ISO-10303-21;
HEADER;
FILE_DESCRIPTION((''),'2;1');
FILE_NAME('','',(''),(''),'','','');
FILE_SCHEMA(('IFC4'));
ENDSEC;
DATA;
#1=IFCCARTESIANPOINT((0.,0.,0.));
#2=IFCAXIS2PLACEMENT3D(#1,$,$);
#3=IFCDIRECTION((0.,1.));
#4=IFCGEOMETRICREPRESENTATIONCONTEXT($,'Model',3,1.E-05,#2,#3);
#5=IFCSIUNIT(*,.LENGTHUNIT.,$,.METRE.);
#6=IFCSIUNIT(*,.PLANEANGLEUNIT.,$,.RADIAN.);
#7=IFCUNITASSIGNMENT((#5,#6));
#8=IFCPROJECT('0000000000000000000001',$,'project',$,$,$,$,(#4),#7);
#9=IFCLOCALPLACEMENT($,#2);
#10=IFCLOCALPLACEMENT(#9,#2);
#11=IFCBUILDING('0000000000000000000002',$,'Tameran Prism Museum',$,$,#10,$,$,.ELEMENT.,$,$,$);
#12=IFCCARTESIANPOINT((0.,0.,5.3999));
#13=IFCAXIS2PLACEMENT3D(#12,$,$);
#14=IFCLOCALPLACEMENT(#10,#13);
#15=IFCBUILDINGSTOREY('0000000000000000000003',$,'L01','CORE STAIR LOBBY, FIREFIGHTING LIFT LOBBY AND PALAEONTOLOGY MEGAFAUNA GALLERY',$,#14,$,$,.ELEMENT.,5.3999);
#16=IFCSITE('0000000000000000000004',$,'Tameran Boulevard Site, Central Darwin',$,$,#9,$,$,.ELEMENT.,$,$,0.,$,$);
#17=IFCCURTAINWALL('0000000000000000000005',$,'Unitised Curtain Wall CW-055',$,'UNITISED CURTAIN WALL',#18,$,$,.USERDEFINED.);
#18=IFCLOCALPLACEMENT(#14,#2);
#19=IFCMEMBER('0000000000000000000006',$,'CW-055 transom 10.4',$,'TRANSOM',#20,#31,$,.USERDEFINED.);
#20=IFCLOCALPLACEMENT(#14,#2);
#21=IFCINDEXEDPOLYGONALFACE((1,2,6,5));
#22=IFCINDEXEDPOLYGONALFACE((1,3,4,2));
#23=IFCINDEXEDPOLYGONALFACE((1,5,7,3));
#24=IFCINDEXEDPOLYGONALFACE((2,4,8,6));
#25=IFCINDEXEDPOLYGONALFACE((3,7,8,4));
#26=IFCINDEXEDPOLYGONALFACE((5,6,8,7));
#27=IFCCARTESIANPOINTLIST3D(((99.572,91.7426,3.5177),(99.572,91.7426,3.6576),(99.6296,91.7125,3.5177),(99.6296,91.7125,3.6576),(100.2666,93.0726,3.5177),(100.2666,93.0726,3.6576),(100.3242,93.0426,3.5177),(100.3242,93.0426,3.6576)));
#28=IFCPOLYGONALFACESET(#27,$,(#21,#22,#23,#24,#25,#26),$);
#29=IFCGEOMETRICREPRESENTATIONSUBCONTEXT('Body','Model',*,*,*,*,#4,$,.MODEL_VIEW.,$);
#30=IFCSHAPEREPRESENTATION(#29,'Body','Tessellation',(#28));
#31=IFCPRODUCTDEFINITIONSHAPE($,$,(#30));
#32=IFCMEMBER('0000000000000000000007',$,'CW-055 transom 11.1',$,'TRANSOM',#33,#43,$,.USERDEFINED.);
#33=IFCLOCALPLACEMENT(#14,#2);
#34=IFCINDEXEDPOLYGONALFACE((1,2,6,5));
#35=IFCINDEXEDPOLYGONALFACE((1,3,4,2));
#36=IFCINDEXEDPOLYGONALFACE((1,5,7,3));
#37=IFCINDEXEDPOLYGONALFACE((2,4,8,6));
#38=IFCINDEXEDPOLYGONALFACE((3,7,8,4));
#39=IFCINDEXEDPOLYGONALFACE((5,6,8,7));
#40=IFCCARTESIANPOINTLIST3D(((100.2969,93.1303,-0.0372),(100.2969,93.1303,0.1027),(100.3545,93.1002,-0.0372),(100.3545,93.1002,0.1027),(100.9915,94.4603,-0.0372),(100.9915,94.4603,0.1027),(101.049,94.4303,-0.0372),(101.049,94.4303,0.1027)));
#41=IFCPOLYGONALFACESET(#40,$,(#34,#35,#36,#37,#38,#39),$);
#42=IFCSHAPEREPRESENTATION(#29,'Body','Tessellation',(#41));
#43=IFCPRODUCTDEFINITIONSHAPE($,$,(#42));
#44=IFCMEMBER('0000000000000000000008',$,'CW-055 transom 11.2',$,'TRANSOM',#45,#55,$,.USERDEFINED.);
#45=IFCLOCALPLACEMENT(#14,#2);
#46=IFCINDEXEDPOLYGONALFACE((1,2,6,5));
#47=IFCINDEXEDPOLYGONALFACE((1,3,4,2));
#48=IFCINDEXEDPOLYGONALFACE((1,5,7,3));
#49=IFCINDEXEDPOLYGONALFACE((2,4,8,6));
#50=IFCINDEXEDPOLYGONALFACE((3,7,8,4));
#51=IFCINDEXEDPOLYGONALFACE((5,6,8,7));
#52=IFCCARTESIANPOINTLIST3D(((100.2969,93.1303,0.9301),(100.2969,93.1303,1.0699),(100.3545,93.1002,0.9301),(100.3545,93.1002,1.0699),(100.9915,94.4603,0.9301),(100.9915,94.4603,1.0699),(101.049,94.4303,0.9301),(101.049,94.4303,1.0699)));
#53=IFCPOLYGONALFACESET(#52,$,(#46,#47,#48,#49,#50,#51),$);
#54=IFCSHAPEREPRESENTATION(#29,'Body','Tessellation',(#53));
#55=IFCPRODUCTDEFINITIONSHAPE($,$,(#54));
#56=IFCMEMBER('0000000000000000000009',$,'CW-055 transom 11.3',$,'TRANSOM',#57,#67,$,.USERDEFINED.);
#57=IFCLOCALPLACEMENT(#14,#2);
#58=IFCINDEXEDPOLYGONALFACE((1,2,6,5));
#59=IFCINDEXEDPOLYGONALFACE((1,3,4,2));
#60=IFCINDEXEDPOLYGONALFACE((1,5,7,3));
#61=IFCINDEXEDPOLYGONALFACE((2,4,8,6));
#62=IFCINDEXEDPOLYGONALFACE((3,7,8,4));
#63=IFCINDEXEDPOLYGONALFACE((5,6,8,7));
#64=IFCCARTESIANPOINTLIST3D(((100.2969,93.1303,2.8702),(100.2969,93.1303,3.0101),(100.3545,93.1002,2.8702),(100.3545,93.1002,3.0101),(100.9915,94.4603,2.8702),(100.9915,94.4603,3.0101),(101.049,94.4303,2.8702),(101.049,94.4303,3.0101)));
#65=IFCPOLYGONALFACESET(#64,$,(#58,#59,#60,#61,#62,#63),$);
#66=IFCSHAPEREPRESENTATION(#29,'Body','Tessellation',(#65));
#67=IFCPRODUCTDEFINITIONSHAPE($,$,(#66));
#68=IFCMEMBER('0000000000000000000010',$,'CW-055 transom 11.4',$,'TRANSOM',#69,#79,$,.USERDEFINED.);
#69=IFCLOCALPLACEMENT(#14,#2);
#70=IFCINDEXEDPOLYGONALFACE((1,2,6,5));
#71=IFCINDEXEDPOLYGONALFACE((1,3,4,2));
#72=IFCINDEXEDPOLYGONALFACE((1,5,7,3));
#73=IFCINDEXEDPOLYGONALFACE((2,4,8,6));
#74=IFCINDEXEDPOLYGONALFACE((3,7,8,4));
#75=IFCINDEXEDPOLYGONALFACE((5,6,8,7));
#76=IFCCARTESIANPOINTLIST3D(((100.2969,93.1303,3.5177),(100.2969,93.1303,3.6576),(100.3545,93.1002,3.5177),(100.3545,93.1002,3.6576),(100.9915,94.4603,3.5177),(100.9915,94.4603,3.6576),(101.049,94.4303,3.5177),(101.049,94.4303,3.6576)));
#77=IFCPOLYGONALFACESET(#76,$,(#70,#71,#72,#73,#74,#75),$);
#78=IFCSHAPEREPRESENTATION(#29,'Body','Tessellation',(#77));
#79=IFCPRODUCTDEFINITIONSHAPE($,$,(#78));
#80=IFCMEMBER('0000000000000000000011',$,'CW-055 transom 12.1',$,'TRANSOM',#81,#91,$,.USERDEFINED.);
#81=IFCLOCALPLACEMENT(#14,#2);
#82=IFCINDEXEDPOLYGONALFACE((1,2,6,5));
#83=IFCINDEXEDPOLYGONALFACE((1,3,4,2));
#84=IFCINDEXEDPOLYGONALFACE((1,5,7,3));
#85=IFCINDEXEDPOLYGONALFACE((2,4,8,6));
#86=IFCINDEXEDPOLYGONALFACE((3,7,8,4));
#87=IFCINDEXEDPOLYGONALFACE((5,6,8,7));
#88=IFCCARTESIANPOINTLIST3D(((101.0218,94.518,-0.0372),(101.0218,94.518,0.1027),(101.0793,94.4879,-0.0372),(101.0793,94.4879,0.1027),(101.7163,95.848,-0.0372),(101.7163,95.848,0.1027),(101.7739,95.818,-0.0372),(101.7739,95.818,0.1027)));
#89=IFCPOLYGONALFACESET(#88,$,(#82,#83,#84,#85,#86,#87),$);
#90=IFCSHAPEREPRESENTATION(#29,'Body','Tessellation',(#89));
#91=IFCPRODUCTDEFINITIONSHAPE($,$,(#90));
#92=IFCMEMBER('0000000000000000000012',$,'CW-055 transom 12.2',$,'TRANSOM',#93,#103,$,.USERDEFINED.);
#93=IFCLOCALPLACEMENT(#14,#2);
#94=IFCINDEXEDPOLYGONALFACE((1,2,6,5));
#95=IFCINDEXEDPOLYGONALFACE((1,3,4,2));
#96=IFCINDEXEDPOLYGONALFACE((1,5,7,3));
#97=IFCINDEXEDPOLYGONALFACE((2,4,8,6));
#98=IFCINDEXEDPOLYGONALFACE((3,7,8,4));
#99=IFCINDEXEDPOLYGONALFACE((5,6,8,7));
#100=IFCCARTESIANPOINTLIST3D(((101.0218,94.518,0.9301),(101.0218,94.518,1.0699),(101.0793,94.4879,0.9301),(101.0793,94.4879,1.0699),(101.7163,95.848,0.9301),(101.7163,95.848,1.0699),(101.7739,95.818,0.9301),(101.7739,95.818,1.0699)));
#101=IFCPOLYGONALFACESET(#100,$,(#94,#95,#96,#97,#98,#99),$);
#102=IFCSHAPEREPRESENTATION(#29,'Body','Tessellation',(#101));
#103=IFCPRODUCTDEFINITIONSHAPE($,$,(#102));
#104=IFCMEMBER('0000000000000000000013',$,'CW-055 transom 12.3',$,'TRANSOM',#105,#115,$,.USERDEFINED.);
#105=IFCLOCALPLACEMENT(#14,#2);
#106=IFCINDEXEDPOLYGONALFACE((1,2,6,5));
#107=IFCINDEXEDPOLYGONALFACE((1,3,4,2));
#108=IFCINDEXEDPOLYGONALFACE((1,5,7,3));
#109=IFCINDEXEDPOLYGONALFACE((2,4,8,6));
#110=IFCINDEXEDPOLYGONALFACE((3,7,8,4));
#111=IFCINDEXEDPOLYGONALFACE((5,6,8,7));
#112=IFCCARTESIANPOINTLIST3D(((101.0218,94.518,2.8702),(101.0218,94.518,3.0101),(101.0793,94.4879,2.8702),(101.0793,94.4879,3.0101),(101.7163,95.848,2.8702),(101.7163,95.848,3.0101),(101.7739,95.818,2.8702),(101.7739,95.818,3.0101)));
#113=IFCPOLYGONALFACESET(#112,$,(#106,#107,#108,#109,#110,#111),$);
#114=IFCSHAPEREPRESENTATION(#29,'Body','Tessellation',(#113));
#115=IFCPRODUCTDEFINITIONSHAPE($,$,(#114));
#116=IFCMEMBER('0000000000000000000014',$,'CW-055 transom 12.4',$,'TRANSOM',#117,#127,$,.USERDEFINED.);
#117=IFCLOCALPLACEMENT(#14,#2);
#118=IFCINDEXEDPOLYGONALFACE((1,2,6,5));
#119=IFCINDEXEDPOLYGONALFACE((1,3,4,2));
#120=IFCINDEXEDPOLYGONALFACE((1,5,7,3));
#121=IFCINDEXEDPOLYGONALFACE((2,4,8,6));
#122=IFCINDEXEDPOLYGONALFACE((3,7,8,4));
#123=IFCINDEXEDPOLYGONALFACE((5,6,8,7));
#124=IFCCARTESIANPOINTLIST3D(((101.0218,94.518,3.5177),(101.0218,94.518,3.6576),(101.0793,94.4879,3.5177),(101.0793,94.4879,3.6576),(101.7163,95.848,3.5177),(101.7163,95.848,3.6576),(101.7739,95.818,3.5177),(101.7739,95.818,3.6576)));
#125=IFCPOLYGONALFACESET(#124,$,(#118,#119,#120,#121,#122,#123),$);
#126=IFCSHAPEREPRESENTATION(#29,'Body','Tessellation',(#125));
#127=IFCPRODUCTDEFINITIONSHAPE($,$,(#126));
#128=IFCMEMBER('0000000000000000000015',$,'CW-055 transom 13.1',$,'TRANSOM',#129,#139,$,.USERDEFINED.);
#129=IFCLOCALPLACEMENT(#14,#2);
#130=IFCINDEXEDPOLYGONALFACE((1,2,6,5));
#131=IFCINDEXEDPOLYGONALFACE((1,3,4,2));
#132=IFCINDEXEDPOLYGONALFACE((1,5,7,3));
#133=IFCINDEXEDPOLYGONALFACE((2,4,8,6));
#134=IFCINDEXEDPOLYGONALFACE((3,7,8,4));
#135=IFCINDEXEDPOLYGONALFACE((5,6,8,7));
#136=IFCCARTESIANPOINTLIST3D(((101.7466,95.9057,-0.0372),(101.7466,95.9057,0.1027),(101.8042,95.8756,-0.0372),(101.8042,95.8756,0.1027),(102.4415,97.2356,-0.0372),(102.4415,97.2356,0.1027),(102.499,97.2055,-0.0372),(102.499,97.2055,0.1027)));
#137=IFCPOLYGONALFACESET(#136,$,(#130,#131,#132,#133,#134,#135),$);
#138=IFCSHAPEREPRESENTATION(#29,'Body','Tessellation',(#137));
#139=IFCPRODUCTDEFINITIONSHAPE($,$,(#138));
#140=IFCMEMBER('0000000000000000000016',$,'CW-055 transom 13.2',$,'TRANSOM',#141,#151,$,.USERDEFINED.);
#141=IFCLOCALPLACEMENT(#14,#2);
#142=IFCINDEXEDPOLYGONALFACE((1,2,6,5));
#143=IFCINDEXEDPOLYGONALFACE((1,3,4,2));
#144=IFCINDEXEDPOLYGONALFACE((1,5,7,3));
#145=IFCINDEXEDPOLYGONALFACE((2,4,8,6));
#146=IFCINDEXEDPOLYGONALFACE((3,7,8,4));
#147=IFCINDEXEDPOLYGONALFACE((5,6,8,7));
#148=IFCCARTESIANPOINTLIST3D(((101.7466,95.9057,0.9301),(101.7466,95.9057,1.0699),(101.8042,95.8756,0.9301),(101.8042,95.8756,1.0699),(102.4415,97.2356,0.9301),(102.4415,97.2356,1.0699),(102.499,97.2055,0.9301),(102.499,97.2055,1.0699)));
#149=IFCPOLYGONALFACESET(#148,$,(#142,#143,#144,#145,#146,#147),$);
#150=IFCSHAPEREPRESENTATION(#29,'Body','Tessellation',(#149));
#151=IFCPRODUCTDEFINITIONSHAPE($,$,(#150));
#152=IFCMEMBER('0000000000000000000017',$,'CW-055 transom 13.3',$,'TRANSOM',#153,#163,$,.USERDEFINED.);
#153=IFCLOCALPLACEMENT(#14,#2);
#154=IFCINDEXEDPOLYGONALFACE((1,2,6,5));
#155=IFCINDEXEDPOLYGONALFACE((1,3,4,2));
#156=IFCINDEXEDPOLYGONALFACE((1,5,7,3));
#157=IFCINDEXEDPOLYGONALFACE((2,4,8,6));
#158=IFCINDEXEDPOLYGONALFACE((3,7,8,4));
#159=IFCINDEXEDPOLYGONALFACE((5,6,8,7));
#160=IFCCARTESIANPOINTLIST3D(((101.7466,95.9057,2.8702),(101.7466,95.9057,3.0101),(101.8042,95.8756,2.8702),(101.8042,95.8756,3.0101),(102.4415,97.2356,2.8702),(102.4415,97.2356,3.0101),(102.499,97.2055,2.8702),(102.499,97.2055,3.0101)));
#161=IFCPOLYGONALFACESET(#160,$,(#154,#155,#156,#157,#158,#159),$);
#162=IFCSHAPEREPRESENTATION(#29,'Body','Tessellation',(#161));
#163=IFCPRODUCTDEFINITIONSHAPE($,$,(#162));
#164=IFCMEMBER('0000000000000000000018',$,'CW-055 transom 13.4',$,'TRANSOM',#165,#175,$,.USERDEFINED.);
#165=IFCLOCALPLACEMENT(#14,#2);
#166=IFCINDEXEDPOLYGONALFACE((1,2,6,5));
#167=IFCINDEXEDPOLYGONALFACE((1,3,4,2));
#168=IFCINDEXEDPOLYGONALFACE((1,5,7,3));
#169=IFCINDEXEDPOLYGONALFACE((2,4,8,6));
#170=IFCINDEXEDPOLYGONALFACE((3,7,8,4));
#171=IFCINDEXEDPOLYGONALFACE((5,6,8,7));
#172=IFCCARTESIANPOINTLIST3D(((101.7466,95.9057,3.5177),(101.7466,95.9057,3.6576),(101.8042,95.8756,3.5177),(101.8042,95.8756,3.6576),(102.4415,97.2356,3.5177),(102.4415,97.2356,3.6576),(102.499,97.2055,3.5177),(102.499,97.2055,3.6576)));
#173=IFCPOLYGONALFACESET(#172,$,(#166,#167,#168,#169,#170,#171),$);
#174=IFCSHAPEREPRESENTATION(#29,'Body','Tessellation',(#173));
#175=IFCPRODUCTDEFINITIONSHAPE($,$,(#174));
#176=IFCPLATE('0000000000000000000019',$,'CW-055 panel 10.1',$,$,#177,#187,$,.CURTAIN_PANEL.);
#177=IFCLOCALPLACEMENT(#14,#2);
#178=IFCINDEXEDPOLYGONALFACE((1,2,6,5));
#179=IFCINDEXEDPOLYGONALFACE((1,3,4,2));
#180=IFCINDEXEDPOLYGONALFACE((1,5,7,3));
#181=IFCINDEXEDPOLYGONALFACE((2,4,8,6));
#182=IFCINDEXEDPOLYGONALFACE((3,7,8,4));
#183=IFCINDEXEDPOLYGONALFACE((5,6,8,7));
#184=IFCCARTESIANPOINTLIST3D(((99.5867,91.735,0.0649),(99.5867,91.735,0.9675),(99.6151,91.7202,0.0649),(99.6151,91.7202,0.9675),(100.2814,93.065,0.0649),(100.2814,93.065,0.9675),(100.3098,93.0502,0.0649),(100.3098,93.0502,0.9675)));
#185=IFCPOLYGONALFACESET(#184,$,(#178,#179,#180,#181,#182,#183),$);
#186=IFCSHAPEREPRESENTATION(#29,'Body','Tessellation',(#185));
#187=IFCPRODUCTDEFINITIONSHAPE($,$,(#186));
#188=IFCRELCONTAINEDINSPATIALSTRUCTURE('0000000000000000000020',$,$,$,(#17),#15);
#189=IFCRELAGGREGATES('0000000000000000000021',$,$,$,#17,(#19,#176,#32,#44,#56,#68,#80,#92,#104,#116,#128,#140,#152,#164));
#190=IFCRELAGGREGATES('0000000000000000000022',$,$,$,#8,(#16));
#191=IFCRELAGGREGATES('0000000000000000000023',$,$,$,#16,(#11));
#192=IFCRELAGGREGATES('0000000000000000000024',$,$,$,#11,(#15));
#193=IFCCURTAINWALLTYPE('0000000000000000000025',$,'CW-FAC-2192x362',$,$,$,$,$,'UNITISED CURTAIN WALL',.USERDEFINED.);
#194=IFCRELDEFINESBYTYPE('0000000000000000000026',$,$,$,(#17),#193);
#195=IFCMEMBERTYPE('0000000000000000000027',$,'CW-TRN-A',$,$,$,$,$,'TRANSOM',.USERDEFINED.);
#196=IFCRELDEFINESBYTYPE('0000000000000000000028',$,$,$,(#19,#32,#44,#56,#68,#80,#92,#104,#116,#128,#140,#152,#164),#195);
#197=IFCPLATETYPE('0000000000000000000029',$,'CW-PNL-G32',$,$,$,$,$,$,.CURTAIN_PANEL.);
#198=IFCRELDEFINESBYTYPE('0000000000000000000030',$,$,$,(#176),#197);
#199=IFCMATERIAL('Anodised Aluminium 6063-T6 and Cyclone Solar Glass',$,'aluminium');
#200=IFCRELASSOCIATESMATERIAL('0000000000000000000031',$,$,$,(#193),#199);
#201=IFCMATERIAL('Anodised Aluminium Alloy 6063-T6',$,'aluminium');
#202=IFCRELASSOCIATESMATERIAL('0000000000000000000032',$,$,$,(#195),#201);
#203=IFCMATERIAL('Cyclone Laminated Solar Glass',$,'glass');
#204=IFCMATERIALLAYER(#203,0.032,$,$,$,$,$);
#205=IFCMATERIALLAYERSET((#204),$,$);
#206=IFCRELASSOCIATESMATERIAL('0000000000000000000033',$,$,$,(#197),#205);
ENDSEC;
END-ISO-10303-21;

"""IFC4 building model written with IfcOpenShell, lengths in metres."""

from ifc_helpers import new_model, si_unit, direction, frame, origin, origin_2d, place, context, subcontext, project, spatial, rectangle, extrude, material, layer, layer_set, material_profile, profile_set, type_object, element, aggregate, save


model = new_model("IFC4")

# Units and contexts
model_context = context("Model", 3, precision=1e-05, world=origin(), true_north=direction((0.0, 1.0)))
body_context = subcontext(model_context, "Body", "Model", "MODEL_VIEW")
ifc_project = project(units=[si_unit("LENGTHUNIT", "METRE"), si_unit("PLANEANGLEUNIT", "RADIAN")], contexts=[model_context])

# Site, building, storey
site_placement = place(None, origin())
site = spatial("IfcSite", under=ifc_project, at=site_placement, Name="Tameran Boulevard Site, Central Darwin", CompositionType="ELEMENT", RefElevation=0.0)
building_placement = place(site_placement, origin())
building = spatial("IfcBuilding", under=site, at=building_placement, Name="Tameran Prism Museum", CompositionType="ELEMENT")
storey_placement = place(building_placement, frame((0.0, 0.0, 5.3999)))
storey = spatial("IfcBuildingStorey", under=building, at=storey_placement, Name="L01", Description="CORE STAIR LOBBY, FIREFIGHTING LIFT LOBBY AND PALAEONTOLOGY MEGAFAUNA GALLERY", CompositionType="ELEMENT", Elevation=5.3999)

# Curtain wall, members, plate
ifc_material_1 = material(Name="Anodised Aluminium 6063-T6 and Cyclone Solar Glass", Category="aluminium")
curtain_wall_type = type_object("IfcCurtainWallType", Name="CW-FAC-2192x362", ElementType="UNITISED CURTAIN WALL", PredefinedType="USERDEFINED", material=ifc_material_1)
curtain_wall_placement = place(storey_placement, origin())
curtain_wall = element("IfcCurtainWall", 1, at=curtain_wall_placement, inside=storey, type_object=curtain_wall_type, Name="Unitised Curtain Wall CW-055", ObjectType="UNITISED CURTAIN WALL", PredefinedType="USERDEFINED")
ifc_material_2 = material(Name="Anodised Aluminium Alloy 6063-T6", Category="aluminium")
ifc_material_profile_1 = material_profile(ifc_material_2, rectangle(XDim=0.0649, YDim=0.1399, at=origin_2d()))
ifc_profile_set_1 = profile_set([ifc_material_profile_1])
member_type_1 = type_object("IfcMemberType", Name="CW-TRN-A", ElementType="TRANSOM", PredefinedType="USERDEFINED", material=ifc_profile_set_1)
member_1_placement = place(storey_placement, frame((99.6008, 91.7275, 3.5876), z_axis=(0.462894, 0.886414, 0.0), x_axis=(-0.886414, 0.462894, 0.0)))
member_1 = element("IfcMember", 2, at=member_1_placement, type_object=member_type_1, Name="CW-055 transom 10.4", ObjectType="TRANSOM", PredefinedType="USERDEFINED", context=body_context, shape_type="SweptSolid", body=[
    extrude(rectangle(XDim=0.0649, YDim=0.1399, at=origin_2d()), origin(), (0.0, 0.0, 1.0), 1.5005),
])
member_2_placement = place(storey_placement, frame((100.3257, 93.1152, 0.0327), z_axis=(0.462894, 0.886414, 0.0), x_axis=(-0.886414, 0.462894, 0.0)))
member_2 = element("IfcMember", 3, at=member_2_placement, type_object=member_type_1, Name="CW-055 transom 11.1", ObjectType="TRANSOM", PredefinedType="USERDEFINED", context=body_context, shape_type="SweptSolid", body=[
    extrude(rectangle(XDim=0.0649, YDim=0.1399, at=origin_2d()), origin(), (0.0, 0.0, 1.0), 1.5005),
])
member_3_placement = place(storey_placement, frame((100.3257, 93.1152, 1.0), z_axis=(0.462894, 0.886414, 0.0), x_axis=(-0.886414, 0.462894, 0.0)))
member_3 = element("IfcMember", 4, at=member_3_placement, type_object=member_type_1, Name="CW-055 transom 11.2", ObjectType="TRANSOM", PredefinedType="USERDEFINED", context=body_context, shape_type="SweptSolid", body=[
    extrude(rectangle(XDim=0.0649, YDim=0.1399, at=origin_2d()), origin(), (0.0, 0.0, 1.0), 1.5005),
])
member_4_placement = place(storey_placement, frame((100.3257, 93.1152, 2.9402), z_axis=(0.462894, 0.886414, 0.0), x_axis=(-0.886414, 0.462894, 0.0)))
member_4 = element("IfcMember", 5, at=member_4_placement, type_object=member_type_1, Name="CW-055 transom 11.3", ObjectType="TRANSOM", PredefinedType="USERDEFINED", context=body_context, shape_type="SweptSolid", body=[
    extrude(rectangle(XDim=0.0649, YDim=0.1399, at=origin_2d()), origin(), (0.0, 0.0, 1.0), 1.5005),
])
member_5_placement = place(storey_placement, frame((100.3257, 93.1152, 3.5876), z_axis=(0.462894, 0.886414, 0.0), x_axis=(-0.886414, 0.462894, 0.0)))
member_5 = element("IfcMember", 6, at=member_5_placement, type_object=member_type_1, Name="CW-055 transom 11.4", ObjectType="TRANSOM", PredefinedType="USERDEFINED", context=body_context, shape_type="SweptSolid", body=[
    extrude(rectangle(XDim=0.0649, YDim=0.1399, at=origin_2d()), origin(), (0.0, 0.0, 1.0), 1.5005),
])
member_6_placement = place(storey_placement, frame((101.0505, 94.5029, 0.0327), z_axis=(0.462894, 0.886414, 0.0), x_axis=(-0.886414, 0.462894, 0.0)))
member_6 = element("IfcMember", 7, at=member_6_placement, type_object=member_type_1, Name="CW-055 transom 12.1", ObjectType="TRANSOM", PredefinedType="USERDEFINED", context=body_context, shape_type="SweptSolid", body=[
    extrude(rectangle(XDim=0.0649, YDim=0.1399, at=origin_2d()), origin(), (0.0, 0.0, 1.0), 1.5005),
])
member_7_placement = place(storey_placement, frame((101.0505, 94.5029, 1.0), z_axis=(0.462894, 0.886414, 0.0), x_axis=(-0.886414, 0.462894, 0.0)))
member_7 = element("IfcMember", 8, at=member_7_placement, type_object=member_type_1, Name="CW-055 transom 12.2", ObjectType="TRANSOM", PredefinedType="USERDEFINED", context=body_context, shape_type="SweptSolid", body=[
    extrude(rectangle(XDim=0.0649, YDim=0.1399, at=origin_2d()), origin(), (0.0, 0.0, 1.0), 1.5005),
])
member_8_placement = place(storey_placement, frame((101.0505, 94.5029, 2.9402), z_axis=(0.462894, 0.886414, 0.0), x_axis=(-0.886414, 0.462894, 0.0)))
member_8 = element("IfcMember", 9, at=member_8_placement, type_object=member_type_1, Name="CW-055 transom 12.3", ObjectType="TRANSOM", PredefinedType="USERDEFINED", context=body_context, shape_type="SweptSolid", body=[
    extrude(rectangle(XDim=0.0649, YDim=0.1399, at=origin_2d()), origin(), (0.0, 0.0, 1.0), 1.5005),
])
member_9_placement = place(storey_placement, frame((101.0505, 94.5029, 3.5876), z_axis=(0.462894, 0.886414, 0.0), x_axis=(-0.886414, 0.462894, 0.0)))
member_9 = element("IfcMember", 10, at=member_9_placement, type_object=member_type_1, Name="CW-055 transom 12.4", ObjectType="TRANSOM", PredefinedType="USERDEFINED", context=body_context, shape_type="SweptSolid", body=[
    extrude(rectangle(XDim=0.0649, YDim=0.1399, at=origin_2d()), origin(), (0.0, 0.0, 1.0), 1.5005),
])
member_10_placement = place(storey_placement, frame((101.7754, 95.8906, 0.0327), z_axis=(0.463089, 0.886312, 0.0), x_axis=(-0.886312, 0.463089, 0.0)))
member_10 = element("IfcMember", 11, at=member_10_placement, type_object=member_type_1, Name="CW-055 transom 13.1", ObjectType="TRANSOM", PredefinedType="USERDEFINED", context=body_context, shape_type="SweptSolid", body=[
    extrude(rectangle(XDim=0.0649, YDim=0.1399, at=origin_2d()), origin(), (0.0, 0.0, 1.0), 1.5005),
])
member_11_placement = place(storey_placement, frame((101.7754, 95.8906, 1.0), z_axis=(0.463089, 0.886312, 0.0), x_axis=(-0.886312, 0.463089, 0.0)))
member_11 = element("IfcMember", 12, at=member_11_placement, type_object=member_type_1, Name="CW-055 transom 13.2", ObjectType="TRANSOM", PredefinedType="USERDEFINED", context=body_context, shape_type="SweptSolid", body=[
    extrude(rectangle(XDim=0.0649, YDim=0.1399, at=origin_2d()), origin(), (0.0, 0.0, 1.0), 1.5005),
])
member_12_placement = place(storey_placement, frame((101.7754, 95.8906, 2.9402), z_axis=(0.463089, 0.886312, 0.0), x_axis=(-0.886312, 0.463089, 0.0)))
member_12 = element("IfcMember", 13, at=member_12_placement, type_object=member_type_1, Name="CW-055 transom 13.3", ObjectType="TRANSOM", PredefinedType="USERDEFINED", context=body_context, shape_type="SweptSolid", body=[
    extrude(rectangle(XDim=0.0649, YDim=0.1399, at=origin_2d()), origin(), (0.0, 0.0, 1.0), 1.5005),
])
member_13_placement = place(storey_placement, frame((101.7754, 95.8906, 3.5876), z_axis=(0.463089, 0.886312, 0.0), x_axis=(-0.886312, 0.463089, 0.0)))
member_13 = element("IfcMember", 14, at=member_13_placement, type_object=member_type_1, Name="CW-055 transom 13.4", ObjectType="TRANSOM", PredefinedType="USERDEFINED", context=body_context, shape_type="SweptSolid", body=[
    extrude(rectangle(XDim=0.0649, YDim=0.1399, at=origin_2d()), origin(), (0.0, 0.0, 1.0), 1.5005),
])
ifc_material_3 = material(Name="Cyclone Laminated Solar Glass", Category="glass")
ifc_layer = layer(ifc_material_3, 0.032)
ifc_layer_set = layer_set([ifc_layer])
plate_type = type_object("IfcPlateType", Name="CW-PNL-G32", PredefinedType="CURTAIN_PANEL", material=ifc_layer_set)
plate_1_placement = place(storey_placement, frame((99.9482, 92.3926, 0.0649), z_axis=(0.0, 0.0, 1.0), x_axis=(0.463003, 0.886357, 0.0)))
plate_1 = element("IfcPlate", 15, at=plate_1_placement, type_object=plate_type, Name="CW-055 panel 10.1", PredefinedType="CURTAIN_PANEL", context=body_context, shape_type="SweptSolid", body=[
    extrude(rectangle(XDim=1.5005, YDim=0.032, at=origin_2d()), origin(), (0.0, 0.0, 1.0), 0.9026),
])
aggregate(curtain_wall, [member_1, plate_1, member_2, member_3, member_4, member_5, member_6, member_7, member_8, member_9, member_10, member_11, member_12, member_13])

save(model, "model.ifc")
